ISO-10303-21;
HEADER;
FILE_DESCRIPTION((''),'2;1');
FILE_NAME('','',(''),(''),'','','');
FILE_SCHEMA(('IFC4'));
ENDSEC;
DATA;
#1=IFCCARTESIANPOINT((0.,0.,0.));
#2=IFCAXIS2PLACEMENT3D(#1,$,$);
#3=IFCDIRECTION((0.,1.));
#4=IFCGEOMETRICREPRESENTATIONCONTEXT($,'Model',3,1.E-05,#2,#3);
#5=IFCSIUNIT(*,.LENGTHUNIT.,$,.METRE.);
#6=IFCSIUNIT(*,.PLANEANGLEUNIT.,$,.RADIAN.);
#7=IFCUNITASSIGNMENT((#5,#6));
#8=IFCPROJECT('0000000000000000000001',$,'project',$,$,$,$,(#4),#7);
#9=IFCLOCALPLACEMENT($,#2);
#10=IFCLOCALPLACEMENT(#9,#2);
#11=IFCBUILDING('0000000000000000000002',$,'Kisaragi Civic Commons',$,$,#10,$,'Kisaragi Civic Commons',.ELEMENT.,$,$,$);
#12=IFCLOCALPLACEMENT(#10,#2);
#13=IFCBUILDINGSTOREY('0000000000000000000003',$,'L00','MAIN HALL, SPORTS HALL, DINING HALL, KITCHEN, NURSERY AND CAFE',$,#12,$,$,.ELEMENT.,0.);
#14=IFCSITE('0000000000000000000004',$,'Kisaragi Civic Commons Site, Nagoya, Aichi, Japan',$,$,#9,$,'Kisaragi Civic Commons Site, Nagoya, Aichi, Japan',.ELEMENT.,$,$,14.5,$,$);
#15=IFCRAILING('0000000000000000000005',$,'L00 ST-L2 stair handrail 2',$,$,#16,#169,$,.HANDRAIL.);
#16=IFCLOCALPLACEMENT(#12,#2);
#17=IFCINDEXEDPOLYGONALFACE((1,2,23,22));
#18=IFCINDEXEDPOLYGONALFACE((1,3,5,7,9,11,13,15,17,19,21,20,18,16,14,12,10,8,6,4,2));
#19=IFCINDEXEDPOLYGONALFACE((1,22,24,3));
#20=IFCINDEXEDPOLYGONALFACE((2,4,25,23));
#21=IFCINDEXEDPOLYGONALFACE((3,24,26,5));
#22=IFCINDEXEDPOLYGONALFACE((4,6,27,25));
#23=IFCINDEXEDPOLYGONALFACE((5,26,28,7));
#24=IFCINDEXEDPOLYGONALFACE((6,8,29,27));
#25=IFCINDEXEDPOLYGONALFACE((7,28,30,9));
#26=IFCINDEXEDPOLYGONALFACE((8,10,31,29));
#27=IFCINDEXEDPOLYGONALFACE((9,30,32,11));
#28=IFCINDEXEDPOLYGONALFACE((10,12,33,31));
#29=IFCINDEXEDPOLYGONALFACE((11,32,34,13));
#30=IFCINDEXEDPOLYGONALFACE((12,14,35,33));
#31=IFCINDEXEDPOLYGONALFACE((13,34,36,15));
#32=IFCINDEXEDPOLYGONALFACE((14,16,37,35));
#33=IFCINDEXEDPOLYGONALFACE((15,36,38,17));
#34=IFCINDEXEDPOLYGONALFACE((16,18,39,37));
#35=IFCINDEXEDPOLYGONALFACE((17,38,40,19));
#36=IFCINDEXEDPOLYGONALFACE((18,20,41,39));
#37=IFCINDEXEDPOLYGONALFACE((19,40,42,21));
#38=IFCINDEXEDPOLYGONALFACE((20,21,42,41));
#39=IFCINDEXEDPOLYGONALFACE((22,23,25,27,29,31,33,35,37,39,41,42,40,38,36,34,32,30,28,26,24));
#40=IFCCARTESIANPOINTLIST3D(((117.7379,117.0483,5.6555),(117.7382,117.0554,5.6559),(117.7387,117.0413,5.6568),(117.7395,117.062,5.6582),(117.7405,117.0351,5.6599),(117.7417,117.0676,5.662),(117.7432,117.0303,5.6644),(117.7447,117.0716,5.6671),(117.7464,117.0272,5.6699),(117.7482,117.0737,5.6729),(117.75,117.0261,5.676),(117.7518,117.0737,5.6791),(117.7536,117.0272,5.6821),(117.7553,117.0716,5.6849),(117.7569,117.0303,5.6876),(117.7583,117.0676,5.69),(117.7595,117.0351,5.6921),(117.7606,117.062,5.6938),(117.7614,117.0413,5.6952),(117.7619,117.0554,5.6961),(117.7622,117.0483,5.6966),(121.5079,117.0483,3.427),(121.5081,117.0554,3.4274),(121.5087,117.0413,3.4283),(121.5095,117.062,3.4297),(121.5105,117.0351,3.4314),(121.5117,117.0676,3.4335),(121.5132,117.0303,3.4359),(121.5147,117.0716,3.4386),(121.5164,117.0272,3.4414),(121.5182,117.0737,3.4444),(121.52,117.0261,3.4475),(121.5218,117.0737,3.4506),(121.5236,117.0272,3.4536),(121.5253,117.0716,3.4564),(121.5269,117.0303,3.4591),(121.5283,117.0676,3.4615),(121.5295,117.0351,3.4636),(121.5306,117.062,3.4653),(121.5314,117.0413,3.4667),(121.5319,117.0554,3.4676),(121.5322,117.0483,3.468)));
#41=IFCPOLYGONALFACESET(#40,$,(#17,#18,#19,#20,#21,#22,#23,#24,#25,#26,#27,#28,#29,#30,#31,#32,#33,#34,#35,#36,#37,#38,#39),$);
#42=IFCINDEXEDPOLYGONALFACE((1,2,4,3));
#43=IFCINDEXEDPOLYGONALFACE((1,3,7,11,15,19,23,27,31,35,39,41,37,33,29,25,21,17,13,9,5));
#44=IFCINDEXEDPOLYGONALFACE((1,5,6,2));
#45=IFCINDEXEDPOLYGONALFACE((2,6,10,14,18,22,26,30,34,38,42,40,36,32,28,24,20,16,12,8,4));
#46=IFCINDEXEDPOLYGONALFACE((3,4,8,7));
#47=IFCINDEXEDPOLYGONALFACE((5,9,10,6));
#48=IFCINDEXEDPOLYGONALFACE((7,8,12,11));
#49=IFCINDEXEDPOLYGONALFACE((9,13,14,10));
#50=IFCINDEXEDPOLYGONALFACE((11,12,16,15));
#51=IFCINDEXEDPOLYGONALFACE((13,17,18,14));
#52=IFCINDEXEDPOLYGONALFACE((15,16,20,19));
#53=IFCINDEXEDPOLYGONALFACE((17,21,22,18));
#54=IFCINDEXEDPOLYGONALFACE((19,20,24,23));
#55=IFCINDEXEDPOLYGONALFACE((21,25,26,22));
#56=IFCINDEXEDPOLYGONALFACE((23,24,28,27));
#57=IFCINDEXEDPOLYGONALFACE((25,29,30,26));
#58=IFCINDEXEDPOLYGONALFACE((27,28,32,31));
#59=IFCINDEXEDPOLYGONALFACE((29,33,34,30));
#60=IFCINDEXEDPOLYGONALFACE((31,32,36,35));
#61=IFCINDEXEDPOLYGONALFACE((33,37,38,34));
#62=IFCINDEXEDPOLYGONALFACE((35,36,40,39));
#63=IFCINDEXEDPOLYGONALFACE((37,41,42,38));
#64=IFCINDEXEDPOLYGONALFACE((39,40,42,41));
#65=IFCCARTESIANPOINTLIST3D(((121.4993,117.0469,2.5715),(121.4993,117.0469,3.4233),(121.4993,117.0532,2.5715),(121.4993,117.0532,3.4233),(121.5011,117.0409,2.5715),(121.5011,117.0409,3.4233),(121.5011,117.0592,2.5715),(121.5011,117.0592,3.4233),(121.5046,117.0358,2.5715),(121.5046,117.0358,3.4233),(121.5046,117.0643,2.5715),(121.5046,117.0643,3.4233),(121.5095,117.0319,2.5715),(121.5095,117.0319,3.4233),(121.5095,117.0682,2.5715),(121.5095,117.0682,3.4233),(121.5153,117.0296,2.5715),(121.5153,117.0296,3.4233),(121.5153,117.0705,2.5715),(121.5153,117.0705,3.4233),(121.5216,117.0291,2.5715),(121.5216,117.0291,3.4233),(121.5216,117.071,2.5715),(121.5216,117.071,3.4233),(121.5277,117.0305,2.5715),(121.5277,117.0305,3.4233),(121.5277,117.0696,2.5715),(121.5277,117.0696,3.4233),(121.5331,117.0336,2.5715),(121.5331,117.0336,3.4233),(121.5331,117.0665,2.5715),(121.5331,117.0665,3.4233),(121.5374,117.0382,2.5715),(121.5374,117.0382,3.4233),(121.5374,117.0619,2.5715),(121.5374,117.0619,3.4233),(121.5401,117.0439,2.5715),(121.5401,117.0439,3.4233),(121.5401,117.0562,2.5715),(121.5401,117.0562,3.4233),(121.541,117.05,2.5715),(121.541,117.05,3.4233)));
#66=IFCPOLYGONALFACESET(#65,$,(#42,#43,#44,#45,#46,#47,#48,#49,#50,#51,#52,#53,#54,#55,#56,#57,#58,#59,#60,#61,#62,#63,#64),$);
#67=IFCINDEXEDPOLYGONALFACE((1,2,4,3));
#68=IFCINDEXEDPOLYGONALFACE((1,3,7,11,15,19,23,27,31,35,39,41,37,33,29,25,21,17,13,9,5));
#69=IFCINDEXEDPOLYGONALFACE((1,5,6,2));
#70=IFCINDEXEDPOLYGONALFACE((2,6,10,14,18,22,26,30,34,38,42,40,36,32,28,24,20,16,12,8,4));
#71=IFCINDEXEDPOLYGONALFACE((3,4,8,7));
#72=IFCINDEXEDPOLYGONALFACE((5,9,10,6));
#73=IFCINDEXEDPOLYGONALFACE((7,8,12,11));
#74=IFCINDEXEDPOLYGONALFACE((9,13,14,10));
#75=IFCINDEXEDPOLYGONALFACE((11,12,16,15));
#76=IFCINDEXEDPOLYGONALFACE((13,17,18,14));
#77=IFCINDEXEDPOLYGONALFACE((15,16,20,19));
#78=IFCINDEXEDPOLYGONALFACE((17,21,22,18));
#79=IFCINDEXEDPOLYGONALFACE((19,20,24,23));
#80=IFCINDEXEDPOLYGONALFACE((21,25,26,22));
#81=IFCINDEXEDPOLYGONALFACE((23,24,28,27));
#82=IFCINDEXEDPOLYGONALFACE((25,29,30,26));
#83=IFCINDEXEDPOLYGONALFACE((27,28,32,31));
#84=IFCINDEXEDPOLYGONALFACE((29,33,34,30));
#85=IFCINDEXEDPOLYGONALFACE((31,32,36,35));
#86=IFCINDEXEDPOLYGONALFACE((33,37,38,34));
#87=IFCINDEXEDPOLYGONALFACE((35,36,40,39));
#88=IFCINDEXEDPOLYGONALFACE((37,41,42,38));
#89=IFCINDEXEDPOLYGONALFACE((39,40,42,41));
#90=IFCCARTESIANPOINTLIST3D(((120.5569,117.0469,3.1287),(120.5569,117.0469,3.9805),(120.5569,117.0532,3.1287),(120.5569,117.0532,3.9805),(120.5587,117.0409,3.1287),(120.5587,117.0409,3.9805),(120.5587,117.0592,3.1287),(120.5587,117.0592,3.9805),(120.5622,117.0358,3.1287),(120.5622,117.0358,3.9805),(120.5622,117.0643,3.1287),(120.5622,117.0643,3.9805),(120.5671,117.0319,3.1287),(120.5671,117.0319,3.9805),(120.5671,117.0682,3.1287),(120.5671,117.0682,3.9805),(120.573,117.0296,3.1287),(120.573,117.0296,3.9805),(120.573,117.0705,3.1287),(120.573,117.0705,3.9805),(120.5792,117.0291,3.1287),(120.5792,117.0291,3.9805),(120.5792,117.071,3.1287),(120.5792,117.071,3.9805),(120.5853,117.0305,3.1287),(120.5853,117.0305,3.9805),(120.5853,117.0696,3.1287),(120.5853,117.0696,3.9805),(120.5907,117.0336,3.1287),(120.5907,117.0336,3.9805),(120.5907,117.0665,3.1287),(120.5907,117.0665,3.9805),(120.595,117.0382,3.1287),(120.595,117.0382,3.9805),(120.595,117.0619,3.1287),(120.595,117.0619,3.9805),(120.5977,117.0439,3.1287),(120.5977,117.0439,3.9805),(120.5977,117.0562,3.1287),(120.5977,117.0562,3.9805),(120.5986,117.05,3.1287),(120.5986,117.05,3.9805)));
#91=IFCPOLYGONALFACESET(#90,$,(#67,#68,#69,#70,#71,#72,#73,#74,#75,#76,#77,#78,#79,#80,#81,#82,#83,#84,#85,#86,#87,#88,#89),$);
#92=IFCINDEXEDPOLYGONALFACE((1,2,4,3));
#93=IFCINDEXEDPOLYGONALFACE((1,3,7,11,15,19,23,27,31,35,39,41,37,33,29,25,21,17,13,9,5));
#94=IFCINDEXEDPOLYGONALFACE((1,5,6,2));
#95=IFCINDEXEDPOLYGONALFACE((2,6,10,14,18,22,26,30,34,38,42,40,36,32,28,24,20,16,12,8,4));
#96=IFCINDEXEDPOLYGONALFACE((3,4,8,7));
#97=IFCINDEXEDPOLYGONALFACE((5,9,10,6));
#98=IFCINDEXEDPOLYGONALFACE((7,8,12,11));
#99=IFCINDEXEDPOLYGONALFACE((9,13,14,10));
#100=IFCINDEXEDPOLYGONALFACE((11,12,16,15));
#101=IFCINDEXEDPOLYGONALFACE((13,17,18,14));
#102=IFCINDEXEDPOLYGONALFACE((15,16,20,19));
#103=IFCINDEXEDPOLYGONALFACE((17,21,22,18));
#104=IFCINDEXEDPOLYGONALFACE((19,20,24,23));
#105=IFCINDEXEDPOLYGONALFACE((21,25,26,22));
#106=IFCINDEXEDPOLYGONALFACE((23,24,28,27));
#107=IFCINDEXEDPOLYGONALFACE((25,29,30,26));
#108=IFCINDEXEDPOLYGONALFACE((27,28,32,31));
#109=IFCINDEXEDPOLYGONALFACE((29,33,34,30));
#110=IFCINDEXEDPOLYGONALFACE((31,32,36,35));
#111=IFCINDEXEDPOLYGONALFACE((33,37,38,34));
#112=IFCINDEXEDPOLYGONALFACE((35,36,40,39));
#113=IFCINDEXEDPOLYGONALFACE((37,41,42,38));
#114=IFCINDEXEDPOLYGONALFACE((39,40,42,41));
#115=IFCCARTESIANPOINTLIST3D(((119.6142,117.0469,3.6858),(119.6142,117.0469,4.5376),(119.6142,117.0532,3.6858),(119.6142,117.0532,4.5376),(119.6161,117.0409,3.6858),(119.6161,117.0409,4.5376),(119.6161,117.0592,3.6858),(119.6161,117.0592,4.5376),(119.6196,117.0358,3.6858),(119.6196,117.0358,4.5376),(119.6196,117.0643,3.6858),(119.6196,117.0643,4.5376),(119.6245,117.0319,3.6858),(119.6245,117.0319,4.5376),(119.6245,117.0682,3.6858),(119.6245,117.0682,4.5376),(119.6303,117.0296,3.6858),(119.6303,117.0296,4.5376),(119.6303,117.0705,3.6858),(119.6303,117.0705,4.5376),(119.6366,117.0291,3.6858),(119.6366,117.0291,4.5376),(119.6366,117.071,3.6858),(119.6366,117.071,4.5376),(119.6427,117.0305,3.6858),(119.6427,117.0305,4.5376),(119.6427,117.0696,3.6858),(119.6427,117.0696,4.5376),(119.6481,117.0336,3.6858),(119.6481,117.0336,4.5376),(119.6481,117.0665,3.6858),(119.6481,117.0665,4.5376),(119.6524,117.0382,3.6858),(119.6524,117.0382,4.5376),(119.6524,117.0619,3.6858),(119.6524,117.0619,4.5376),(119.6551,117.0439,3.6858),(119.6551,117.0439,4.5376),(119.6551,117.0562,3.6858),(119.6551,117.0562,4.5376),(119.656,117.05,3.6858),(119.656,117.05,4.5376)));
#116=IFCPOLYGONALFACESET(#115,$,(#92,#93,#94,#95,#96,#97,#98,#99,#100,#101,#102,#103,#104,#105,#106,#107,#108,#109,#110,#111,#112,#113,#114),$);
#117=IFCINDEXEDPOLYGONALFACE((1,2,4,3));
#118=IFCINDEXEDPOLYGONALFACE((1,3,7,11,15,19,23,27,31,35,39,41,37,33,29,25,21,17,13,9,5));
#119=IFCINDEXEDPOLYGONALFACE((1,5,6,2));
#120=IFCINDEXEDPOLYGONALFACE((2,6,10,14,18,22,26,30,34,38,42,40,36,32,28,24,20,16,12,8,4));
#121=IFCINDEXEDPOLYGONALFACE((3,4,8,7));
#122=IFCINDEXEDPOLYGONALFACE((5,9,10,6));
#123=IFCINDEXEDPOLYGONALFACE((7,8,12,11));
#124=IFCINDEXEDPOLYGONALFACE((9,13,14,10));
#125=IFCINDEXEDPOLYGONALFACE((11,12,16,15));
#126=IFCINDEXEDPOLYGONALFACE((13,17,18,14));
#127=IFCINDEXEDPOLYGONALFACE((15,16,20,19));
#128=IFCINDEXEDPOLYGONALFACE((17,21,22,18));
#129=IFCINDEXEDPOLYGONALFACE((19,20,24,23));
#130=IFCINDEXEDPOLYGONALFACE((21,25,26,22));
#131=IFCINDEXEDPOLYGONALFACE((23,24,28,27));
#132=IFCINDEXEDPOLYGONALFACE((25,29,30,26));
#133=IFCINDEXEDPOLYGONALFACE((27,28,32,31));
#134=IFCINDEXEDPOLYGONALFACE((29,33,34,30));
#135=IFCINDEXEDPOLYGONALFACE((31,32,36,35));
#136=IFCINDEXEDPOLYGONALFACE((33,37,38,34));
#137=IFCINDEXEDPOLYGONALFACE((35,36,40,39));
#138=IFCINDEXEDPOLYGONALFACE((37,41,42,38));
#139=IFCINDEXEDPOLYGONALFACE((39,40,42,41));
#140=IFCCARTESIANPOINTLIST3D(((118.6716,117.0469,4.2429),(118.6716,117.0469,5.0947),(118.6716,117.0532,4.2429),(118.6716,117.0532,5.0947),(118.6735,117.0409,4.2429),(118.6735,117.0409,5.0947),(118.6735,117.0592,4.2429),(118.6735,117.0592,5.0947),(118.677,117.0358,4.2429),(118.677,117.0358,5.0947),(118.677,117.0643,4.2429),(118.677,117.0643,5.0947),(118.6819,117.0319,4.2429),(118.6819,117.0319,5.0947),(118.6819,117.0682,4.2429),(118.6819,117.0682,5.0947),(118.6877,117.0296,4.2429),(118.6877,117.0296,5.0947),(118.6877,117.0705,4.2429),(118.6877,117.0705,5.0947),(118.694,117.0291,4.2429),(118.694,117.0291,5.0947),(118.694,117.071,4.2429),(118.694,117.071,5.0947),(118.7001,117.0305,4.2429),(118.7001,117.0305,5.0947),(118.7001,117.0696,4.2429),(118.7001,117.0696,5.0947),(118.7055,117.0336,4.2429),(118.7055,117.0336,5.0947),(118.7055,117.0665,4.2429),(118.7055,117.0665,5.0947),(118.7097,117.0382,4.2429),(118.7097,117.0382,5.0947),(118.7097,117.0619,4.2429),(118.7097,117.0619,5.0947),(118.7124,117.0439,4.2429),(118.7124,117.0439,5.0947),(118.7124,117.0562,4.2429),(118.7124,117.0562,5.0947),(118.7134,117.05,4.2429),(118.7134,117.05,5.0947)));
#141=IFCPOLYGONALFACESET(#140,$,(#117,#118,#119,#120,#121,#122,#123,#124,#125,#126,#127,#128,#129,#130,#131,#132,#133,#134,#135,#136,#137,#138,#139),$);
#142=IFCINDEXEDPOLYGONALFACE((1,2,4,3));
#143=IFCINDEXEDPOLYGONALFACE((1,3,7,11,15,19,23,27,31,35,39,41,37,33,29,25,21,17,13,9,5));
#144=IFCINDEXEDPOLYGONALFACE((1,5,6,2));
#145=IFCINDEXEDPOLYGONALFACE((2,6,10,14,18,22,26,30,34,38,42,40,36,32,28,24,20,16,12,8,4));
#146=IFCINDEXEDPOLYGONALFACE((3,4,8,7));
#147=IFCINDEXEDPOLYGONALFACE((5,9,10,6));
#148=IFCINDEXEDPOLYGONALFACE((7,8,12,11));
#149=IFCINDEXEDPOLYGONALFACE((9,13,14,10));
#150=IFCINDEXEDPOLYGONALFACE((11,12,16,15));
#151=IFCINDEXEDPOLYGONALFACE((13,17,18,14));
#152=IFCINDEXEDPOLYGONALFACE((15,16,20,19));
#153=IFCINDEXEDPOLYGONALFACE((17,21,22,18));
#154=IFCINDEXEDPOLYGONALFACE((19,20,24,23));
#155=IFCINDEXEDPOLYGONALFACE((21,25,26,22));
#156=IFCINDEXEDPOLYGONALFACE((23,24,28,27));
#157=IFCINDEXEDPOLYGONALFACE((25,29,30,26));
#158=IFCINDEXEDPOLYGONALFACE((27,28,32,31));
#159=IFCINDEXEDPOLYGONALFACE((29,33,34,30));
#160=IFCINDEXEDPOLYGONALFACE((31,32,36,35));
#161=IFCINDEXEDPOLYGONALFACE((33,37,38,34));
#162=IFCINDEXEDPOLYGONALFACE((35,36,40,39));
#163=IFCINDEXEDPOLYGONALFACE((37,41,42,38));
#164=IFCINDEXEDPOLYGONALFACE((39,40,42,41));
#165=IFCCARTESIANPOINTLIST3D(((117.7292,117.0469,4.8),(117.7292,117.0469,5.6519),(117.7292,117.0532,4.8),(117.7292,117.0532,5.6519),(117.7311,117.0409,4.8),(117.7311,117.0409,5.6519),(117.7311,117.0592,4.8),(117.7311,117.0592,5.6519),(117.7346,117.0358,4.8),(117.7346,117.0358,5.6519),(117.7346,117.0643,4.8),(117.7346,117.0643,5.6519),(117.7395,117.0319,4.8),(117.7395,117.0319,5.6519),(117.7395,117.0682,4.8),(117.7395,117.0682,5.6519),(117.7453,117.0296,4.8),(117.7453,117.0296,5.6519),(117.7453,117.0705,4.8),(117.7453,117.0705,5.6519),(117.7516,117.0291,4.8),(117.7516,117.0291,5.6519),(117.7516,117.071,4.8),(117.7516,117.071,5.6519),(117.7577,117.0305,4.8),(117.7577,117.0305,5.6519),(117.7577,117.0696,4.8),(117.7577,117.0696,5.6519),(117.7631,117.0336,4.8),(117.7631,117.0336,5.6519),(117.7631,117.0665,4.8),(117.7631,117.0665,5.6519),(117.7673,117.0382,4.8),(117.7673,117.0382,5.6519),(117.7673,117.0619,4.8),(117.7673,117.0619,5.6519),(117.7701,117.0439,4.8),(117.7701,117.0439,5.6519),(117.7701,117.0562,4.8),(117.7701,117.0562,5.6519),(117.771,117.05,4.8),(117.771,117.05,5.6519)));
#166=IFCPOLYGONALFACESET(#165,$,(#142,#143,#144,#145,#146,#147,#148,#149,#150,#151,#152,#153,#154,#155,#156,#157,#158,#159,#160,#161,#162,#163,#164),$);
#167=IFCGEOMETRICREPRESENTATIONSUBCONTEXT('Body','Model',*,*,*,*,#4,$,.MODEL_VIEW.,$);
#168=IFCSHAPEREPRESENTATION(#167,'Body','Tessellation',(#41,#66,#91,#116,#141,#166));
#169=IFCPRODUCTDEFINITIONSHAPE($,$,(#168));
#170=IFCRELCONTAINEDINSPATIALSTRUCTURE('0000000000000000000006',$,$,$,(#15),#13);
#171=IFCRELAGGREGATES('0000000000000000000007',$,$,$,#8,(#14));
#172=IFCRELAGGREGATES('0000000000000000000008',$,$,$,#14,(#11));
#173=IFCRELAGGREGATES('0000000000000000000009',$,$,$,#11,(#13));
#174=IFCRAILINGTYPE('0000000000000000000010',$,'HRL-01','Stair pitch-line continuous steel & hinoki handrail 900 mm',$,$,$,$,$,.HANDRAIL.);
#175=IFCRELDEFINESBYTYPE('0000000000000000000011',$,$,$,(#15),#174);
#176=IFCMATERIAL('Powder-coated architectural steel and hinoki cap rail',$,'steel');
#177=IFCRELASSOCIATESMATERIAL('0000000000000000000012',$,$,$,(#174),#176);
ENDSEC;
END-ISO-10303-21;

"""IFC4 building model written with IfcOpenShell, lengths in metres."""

from ifc_helpers import new_model, si_unit, direction, frame, origin, origin_2d, place, context, subcontext, project, spatial, circle, extrude, material, type_object, element, save


model = new_model("IFC4")

# Units and contexts
model_context = context("Model", 3, precision=1e-05, world=origin(), true_north=direction((0.0, 1.0)))
body_context = subcontext(model_context, "Body", "Model", "MODEL_VIEW")
ifc_project = project(units=[si_unit("LENGTHUNIT", "METRE"), si_unit("PLANEANGLEUNIT", "RADIAN")], contexts=[model_context])

# Site, building, storey
site_placement = place(None, origin())
site = spatial("IfcSite", under=ifc_project, at=site_placement, Name="Kisaragi Civic Commons Site, Nagoya, Aichi, Japan", LongName="Kisaragi Civic Commons Site, Nagoya, Aichi, Japan", CompositionType="ELEMENT", RefElevation=14.5)
building_placement = place(site_placement, origin())
building = spatial("IfcBuilding", under=site, at=building_placement, Name="Kisaragi Civic Commons", LongName="Kisaragi Civic Commons", CompositionType="ELEMENT")
storey_placement = place(building_placement, origin())
storey = spatial("IfcBuildingStorey", under=building, at=storey_placement, Name="L00", Description="MAIN HALL, SPORTS HALL, DINING HALL, KITCHEN, NURSERY AND CAFE", CompositionType="ELEMENT", Elevation=0.0)

# Railing
ifc_material_1 = material(Name="Powder-coated architectural steel and hinoki cap rail", Category="steel")
railing_type_1 = type_object("IfcRailingType", Name="HRL-01", Description="Stair pitch-line continuous steel & hinoki handrail 900 mm", PredefinedType="HANDRAIL", material=ifc_material_1)
railing_1_placement = place(storey_placement, frame((121.52, 117.05, 2.5715)))
element("IfcRailing", 1, at=railing_1_placement, inside=storey, type_object=railing_type_1, Name="L00 ST-L2 stair handrail 2", PredefinedType="HANDRAIL", context=body_context, shape_type="SweptSolid", body=[
    extrude(circle(Radius=0.0239, at=origin_2d()), frame((0.0, 0.0, 0.876), z_axis=(-0.860849, 0.0, 0.508861), x_axis=(0.0, -1.0, 0.0)), (0.0, 0.0, 1.0), 4.3794),
    extrude(circle(Radius=0.021, at=origin_2d()), origin(), (0.0, 0.0, 1.0), 0.8518),
    extrude(circle(Radius=0.021, at=origin_2d()), frame((-0.9424, 0.0, 0.5571)), (0.0, 0.0, 1.0), 0.8518),
    extrude(circle(Radius=0.021, at=origin_2d()), frame((-1.885, 0.0, 1.1143)), (0.0, 0.0, 1.0), 0.8518),
    extrude(circle(Radius=0.021, at=origin_2d()), frame((-2.8276, 0.0, 1.6714)), (0.0, 0.0, 1.0), 0.8518),
    extrude(circle(Radius=0.021, at=origin_2d()), frame((-3.77, 0.0, 2.2285)), (0.0, 0.0, 1.0), 0.8518),
])

save(model, "model.ifc")
